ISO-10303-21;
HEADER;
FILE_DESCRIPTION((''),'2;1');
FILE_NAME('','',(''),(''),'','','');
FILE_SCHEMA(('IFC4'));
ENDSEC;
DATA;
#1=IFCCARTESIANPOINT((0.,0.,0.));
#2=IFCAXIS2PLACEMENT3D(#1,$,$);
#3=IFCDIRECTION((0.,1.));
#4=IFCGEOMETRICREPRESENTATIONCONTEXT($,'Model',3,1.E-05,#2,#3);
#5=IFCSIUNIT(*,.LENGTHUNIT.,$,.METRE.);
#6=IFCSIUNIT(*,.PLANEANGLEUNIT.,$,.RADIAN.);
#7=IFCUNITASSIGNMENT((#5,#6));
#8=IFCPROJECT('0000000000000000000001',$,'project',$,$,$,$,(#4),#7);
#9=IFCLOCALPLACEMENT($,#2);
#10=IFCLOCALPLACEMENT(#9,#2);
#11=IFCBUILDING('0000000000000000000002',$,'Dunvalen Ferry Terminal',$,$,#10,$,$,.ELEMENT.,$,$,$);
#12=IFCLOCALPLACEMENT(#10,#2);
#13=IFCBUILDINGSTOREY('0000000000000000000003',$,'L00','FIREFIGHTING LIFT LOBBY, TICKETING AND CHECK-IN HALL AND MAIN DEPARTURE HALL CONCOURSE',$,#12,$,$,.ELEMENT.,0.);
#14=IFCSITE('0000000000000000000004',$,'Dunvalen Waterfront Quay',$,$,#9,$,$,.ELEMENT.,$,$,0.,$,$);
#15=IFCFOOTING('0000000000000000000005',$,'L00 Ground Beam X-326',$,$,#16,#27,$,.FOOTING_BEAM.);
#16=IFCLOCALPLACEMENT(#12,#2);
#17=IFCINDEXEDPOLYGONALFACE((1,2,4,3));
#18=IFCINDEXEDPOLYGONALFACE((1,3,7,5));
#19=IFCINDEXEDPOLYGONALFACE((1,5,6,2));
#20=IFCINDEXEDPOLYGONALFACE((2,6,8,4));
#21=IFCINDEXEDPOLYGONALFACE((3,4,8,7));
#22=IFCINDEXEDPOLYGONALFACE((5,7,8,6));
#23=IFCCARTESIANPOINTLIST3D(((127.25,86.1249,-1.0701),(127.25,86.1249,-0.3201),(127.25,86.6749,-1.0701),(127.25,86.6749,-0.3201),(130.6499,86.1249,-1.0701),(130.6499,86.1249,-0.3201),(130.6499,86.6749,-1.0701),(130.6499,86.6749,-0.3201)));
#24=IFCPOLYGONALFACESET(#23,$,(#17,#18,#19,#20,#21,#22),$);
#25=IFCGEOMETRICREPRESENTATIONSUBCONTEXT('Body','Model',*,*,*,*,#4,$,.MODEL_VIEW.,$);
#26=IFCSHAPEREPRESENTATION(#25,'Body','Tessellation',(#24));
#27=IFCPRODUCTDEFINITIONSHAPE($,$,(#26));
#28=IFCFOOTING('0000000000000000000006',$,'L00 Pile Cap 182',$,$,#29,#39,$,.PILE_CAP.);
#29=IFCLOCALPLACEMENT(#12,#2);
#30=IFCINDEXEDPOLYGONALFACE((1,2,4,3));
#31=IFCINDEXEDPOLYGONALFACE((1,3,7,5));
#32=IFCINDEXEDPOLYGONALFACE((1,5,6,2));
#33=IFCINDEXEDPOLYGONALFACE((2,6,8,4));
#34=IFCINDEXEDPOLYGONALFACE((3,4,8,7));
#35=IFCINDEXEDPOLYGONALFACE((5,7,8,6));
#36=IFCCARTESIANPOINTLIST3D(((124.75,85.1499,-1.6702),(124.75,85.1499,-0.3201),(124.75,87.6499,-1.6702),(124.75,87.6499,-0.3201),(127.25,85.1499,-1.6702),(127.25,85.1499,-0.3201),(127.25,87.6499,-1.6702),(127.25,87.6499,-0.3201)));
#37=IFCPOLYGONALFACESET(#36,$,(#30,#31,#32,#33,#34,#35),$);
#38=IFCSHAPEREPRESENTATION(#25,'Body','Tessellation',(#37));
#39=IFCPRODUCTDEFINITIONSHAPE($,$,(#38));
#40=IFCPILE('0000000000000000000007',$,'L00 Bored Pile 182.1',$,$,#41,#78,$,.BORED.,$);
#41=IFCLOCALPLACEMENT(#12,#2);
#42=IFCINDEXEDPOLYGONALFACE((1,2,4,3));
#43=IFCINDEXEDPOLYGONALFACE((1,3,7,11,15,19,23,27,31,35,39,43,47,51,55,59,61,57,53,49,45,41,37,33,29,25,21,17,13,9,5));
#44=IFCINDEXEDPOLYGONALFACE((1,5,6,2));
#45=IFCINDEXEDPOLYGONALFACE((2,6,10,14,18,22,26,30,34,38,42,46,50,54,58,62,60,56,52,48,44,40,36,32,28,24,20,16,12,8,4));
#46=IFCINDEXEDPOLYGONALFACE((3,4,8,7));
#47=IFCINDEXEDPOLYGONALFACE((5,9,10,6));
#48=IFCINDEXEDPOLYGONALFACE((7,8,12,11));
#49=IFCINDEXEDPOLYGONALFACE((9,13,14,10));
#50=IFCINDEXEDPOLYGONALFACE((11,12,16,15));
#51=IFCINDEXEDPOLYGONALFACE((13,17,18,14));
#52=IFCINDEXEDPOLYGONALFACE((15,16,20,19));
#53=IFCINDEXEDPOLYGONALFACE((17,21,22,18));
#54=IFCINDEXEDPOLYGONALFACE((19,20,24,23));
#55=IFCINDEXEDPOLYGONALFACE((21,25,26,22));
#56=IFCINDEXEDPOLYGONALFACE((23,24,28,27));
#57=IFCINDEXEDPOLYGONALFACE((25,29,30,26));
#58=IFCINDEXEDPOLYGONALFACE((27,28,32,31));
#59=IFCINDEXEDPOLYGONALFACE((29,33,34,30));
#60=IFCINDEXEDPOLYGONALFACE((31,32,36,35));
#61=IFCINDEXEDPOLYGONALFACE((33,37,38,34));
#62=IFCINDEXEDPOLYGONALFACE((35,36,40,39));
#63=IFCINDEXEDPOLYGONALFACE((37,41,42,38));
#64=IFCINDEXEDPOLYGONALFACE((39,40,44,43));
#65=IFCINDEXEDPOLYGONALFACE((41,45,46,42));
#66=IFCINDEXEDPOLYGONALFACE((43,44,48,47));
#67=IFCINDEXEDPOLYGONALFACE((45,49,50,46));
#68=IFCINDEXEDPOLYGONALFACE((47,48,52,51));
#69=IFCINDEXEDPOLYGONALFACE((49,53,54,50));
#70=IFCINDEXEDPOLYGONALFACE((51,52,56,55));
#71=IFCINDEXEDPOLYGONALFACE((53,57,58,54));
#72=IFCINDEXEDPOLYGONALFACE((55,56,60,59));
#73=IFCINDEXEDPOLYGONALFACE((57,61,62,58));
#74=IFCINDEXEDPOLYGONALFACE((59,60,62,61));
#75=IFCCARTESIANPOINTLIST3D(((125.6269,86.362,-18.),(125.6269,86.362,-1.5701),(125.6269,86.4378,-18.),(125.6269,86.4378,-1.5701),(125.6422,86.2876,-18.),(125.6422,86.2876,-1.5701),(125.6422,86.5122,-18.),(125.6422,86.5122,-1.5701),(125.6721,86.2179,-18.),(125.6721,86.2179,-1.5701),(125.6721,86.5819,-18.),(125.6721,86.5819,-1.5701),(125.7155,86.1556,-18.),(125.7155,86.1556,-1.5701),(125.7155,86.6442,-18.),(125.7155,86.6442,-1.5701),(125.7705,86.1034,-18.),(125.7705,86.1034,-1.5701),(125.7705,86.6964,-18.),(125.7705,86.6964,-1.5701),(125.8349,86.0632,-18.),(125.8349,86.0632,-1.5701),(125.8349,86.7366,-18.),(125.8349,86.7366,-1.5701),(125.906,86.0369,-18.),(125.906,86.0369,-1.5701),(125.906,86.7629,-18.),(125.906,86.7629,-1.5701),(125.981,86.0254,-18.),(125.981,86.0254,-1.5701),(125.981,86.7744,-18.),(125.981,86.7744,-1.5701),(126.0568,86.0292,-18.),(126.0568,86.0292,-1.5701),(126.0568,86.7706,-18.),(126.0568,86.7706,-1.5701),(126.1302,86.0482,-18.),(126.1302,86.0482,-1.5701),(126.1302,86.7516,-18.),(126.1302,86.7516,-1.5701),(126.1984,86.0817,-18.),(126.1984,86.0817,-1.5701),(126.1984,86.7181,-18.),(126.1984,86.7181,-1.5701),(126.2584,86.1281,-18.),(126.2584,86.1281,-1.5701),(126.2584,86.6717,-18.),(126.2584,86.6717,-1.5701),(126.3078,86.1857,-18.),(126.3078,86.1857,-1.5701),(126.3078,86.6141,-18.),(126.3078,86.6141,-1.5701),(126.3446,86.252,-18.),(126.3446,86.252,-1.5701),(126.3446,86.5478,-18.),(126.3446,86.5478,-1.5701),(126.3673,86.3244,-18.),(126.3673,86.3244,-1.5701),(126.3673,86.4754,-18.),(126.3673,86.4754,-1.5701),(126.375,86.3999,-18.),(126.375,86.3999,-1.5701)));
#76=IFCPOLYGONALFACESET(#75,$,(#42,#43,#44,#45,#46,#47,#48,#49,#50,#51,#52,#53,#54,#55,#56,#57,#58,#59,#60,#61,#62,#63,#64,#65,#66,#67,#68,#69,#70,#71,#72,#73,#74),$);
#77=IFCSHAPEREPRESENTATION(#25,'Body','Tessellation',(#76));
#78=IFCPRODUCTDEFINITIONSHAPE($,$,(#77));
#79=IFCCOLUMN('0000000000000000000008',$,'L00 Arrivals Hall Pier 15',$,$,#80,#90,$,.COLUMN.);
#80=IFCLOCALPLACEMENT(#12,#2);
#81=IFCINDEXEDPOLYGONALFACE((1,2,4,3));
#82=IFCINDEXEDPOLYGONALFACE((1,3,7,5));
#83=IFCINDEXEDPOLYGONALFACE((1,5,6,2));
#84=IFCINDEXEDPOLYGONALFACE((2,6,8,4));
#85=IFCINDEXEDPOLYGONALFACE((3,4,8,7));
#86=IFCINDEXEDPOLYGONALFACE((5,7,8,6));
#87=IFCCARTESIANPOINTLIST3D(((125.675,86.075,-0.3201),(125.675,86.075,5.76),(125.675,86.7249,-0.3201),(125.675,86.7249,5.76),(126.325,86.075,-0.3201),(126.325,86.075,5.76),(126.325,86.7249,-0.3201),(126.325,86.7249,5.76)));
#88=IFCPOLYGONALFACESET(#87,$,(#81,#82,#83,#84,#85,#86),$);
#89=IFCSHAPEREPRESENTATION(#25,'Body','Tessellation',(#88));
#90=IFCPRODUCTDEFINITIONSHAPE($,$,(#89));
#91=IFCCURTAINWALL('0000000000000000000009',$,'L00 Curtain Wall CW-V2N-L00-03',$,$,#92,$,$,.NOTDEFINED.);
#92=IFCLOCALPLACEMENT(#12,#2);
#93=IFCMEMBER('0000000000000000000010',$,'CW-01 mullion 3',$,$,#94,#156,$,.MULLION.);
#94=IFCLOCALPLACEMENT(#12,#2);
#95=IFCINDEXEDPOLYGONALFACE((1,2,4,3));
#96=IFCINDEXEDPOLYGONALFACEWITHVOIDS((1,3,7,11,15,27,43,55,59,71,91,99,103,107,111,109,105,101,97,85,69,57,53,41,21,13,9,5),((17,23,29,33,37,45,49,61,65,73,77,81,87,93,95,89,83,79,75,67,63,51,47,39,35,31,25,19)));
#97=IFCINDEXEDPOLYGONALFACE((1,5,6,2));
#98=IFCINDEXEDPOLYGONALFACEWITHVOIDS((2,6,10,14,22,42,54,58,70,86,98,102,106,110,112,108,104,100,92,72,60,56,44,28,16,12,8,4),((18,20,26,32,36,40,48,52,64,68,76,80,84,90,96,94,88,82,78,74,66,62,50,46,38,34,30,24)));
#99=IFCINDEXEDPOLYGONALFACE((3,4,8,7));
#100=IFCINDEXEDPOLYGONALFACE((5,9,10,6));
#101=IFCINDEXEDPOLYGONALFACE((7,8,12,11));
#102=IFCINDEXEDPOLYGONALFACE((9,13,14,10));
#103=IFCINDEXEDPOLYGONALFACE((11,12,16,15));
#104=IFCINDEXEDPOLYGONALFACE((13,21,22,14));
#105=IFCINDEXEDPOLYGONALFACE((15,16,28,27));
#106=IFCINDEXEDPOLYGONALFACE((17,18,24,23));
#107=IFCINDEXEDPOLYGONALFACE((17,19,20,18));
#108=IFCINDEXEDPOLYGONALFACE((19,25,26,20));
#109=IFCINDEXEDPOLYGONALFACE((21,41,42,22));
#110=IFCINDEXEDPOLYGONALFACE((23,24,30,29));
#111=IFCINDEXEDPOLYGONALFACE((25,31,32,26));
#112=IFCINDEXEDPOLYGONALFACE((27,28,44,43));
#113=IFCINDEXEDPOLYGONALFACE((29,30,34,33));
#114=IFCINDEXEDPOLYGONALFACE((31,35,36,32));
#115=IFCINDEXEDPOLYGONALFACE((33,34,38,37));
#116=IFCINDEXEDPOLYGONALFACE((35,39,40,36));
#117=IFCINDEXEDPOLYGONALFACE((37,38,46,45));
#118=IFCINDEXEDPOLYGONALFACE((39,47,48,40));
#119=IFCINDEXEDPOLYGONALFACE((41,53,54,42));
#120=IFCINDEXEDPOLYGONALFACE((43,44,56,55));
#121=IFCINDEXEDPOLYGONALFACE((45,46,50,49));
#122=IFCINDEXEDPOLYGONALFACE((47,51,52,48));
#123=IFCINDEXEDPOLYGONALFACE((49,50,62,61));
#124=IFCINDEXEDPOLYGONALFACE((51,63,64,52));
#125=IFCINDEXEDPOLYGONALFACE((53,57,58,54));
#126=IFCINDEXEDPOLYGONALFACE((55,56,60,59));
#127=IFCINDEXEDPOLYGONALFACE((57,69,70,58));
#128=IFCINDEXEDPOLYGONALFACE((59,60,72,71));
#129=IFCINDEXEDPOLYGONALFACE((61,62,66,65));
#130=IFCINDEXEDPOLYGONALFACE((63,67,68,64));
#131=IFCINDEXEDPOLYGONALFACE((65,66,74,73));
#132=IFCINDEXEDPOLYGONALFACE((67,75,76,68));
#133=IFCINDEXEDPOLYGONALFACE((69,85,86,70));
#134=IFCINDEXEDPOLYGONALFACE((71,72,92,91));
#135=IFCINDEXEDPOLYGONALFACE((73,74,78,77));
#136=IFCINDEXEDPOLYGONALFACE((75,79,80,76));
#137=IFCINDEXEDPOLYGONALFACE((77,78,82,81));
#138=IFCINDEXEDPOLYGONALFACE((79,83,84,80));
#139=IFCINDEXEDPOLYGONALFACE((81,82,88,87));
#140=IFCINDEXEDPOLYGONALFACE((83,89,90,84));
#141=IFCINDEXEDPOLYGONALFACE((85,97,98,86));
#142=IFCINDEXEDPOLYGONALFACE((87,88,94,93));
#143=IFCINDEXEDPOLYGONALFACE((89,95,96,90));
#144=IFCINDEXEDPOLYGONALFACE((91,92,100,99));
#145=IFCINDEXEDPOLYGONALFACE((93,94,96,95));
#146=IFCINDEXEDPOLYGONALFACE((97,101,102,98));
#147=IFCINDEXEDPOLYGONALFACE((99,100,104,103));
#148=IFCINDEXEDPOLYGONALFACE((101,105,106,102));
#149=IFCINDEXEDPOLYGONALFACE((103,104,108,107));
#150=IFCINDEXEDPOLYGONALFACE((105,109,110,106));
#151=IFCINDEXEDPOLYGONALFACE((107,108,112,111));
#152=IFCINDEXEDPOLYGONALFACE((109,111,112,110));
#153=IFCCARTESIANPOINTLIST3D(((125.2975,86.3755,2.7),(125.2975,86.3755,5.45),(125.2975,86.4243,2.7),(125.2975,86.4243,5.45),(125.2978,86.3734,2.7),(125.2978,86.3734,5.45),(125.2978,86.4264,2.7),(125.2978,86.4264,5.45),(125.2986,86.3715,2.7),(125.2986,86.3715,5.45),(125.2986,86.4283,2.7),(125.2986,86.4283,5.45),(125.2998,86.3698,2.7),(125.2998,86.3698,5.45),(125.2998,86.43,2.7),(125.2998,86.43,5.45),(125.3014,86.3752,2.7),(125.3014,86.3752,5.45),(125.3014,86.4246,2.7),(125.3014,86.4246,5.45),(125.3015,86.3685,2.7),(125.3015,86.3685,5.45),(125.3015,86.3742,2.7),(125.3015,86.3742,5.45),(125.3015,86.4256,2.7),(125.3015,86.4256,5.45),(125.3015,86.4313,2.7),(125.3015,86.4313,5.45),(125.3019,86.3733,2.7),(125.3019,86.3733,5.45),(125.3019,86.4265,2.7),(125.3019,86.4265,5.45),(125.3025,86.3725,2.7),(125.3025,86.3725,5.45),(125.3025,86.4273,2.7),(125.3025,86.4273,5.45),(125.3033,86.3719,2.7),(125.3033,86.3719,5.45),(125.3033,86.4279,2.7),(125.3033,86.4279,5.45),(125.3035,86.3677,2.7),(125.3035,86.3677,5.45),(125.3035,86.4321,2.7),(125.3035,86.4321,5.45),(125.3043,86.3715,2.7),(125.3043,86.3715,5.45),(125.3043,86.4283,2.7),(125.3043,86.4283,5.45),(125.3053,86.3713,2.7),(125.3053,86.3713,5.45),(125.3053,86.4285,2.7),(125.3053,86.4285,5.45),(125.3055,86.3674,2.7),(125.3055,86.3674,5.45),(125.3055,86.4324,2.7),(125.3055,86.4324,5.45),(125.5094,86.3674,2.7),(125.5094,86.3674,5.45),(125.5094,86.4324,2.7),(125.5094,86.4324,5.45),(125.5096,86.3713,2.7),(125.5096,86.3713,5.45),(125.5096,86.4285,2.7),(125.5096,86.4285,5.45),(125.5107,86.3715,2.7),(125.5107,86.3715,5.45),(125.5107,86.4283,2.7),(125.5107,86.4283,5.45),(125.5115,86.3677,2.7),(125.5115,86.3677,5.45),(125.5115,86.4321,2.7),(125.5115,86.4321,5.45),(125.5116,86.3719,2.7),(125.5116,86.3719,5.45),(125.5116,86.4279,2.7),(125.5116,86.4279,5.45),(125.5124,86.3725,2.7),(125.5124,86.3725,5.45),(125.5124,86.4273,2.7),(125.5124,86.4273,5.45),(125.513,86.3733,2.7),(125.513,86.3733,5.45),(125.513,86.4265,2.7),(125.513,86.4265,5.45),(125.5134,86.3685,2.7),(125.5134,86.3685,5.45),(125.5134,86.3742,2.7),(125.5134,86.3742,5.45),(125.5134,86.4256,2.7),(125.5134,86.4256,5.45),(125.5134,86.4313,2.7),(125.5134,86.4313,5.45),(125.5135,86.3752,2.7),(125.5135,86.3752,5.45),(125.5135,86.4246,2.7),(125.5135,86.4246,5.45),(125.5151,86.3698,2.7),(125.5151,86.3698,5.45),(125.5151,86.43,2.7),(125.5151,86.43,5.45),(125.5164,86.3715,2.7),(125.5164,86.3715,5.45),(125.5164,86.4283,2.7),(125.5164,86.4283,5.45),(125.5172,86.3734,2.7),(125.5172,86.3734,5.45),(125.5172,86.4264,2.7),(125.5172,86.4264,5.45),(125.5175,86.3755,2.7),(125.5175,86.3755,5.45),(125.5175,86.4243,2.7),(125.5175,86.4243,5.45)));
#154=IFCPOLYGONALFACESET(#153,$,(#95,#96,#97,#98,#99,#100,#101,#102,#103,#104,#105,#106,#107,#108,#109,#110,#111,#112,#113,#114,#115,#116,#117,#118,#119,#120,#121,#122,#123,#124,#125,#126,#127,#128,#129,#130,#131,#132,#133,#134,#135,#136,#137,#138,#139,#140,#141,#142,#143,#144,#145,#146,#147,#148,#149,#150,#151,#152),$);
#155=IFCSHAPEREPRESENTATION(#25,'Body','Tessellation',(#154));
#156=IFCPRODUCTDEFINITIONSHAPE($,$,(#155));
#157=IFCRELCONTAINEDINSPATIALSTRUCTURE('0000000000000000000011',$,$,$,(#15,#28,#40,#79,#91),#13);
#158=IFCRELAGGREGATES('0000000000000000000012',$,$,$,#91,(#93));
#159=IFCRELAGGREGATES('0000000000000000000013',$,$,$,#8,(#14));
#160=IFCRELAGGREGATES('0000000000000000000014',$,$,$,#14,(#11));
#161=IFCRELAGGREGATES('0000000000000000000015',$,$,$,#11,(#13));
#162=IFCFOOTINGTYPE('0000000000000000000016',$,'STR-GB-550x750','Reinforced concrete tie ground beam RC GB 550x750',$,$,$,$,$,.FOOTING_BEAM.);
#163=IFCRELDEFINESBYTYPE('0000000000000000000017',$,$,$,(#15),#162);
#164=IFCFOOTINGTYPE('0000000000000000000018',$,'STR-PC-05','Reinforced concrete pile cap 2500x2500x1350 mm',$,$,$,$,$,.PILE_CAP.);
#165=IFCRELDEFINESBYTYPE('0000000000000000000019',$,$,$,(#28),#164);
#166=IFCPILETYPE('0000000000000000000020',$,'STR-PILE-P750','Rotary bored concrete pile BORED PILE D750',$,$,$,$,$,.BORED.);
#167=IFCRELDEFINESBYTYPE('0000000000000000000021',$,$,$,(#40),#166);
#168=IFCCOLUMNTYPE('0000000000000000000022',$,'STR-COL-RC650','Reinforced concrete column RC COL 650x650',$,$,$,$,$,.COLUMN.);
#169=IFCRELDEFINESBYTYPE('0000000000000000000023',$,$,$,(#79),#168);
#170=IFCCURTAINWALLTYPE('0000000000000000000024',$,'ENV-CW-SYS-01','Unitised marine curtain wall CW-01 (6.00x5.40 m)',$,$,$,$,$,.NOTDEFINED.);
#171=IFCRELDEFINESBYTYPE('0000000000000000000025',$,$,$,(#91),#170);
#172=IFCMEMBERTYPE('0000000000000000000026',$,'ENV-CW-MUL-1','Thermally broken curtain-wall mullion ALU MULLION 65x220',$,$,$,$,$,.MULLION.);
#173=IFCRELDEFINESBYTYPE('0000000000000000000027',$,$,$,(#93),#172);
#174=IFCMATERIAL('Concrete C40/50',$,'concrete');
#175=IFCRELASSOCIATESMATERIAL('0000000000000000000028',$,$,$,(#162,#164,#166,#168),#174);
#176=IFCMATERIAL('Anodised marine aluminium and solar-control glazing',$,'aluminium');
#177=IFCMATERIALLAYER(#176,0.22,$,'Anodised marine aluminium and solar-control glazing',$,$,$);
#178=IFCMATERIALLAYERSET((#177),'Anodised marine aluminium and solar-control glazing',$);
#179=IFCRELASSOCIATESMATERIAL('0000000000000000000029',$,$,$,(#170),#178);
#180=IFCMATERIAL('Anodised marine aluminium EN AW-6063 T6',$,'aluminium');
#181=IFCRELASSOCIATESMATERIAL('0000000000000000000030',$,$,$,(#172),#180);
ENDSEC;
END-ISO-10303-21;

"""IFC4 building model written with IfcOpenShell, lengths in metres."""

from ifc_helpers import new_model, si_unit, direction, frame, origin, origin_2d, place, context, subcontext, project, spatial, rectangle, hollow_rectangle, circle, extrude, material, layer, layer_set, material_profile, profile_set, type_object, element, aggregate, save


model = new_model("IFC4")

# Units and contexts
model_context = context("Model", 3, precision=1e-05, world=origin(), true_north=direction((0.0, 1.0)))
body_context = subcontext(model_context, "Body", "Model", "MODEL_VIEW")
ifc_project = project(units=[si_unit("LENGTHUNIT", "METRE"), si_unit("PLANEANGLEUNIT", "RADIAN")], contexts=[model_context])

# Site, building, storey
site_placement = place(None, origin())
site = spatial("IfcSite", under=ifc_project, at=site_placement, Name="Dunvalen Waterfront Quay", CompositionType="ELEMENT", RefElevation=0.0)
building_placement = place(site_placement, origin())
building = spatial("IfcBuilding", under=site, at=building_placement, Name="Dunvalen Ferry Terminal", CompositionType="ELEMENT")
storey_placement = place(building_placement, origin())
storey = spatial("IfcBuildingStorey", under=building, at=storey_placement, Name="L00", Description="FIREFIGHTING LIFT LOBBY, TICKETING AND CHECK-IN HALL AND MAIN DEPARTURE HALL CONCOURSE", CompositionType="ELEMENT", Elevation=0.0)

# Footings
ifc_material_1 = material(Name="Concrete C40/50", Category="concrete")
ifc_material_profile_1 = material_profile(ifc_material_1, rectangle(XDim=0.55, YDim=0.75, at=origin_2d()), Name="Concrete C40/50")
ifc_profile_set_1 = profile_set([ifc_material_profile_1], Name="Concrete C40/50")
footing_type_1 = type_object("IfcFootingType", Name="STR-GB-550x750", Description="Reinforced concrete tie ground beam RC GB 550x750", PredefinedType="FOOTING_BEAM", material=ifc_profile_set_1)
footing_1_placement = place(storey_placement, frame((127.25, 86.3999, -0.6951), z_axis=(1.0, 0.0, 0.0), x_axis=(0.0, 1.0, 0.0)))
element("IfcFooting", 1, at=footing_1_placement, inside=storey, type_object=footing_type_1, Name="L00 Ground Beam X-326", PredefinedType="FOOTING_BEAM", context=body_context, shape_type="SweptSolid", body=[
    extrude(rectangle(XDim=0.55, YDim=0.75, at=origin_2d()), origin(), (0.0, 0.0, 1.0), 3.3999),
])
footing_type_2 = type_object("IfcFootingType", Name="STR-PC-05", Description="Reinforced concrete pile cap 2500x2500x1350 mm", PredefinedType="PILE_CAP", material=ifc_material_1)
footing_2_placement = place(storey_placement, frame((126.0, 86.3999, -1.6702), z_axis=(0.0, 0.0, 1.0), x_axis=(1.0, 0.0, 0.0)))
element("IfcFooting", 2, at=footing_2_placement, inside=storey, type_object=footing_type_2, Name="L00 Pile Cap 182", PredefinedType="PILE_CAP", context=body_context, shape_type="SweptSolid", body=[
    extrude(rectangle(XDim=2.5, YDim=2.5, at=origin_2d()), origin(), (0.0, 0.0, 1.0), 1.3501),
])

# Pile
ifc_material_profile_2 = material_profile(ifc_material_1, circle(Radius=0.375, at=origin_2d()), Name="Concrete C40/50")
ifc_profile_set_2 = profile_set([ifc_material_profile_2], Name="Concrete C40/50")
pile_type = type_object("IfcPileType", Name="STR-PILE-P750", Description="Rotary bored concrete pile BORED PILE D750", PredefinedType="BORED", material=ifc_profile_set_2)
pile_placement = place(storey_placement, frame((126.0, 86.3999, -1.5701), z_axis=(0.0, 0.0, -1.0), x_axis=(1.0, 0.0, 0.0)))
element("IfcPile", 3, at=pile_placement, inside=storey, type_object=pile_type, Name="L00 Bored Pile 182.1", PredefinedType="BORED", context=body_context, shape_type="SweptSolid", body=[
    extrude(circle(Radius=0.375, at=origin_2d()), origin(), (0.0, 0.0, 1.0), 16.4299),
])

# Column
ifc_material_profile_3 = material_profile(ifc_material_1, rectangle(XDim=0.6499, YDim=0.6499, at=origin_2d()), Name="Concrete C40/50")
ifc_profile_set_3 = profile_set([ifc_material_profile_3], Name="Concrete C40/50")
column_type = type_object("IfcColumnType", Name="STR-COL-RC650", Description="Reinforced concrete column RC COL 650x650", PredefinedType="COLUMN", material=ifc_profile_set_3)
column_placement = place(storey_placement, frame((126.0, 86.3999, -0.3201), z_axis=(0.0, 0.0, 1.0), x_axis=(1.0, 0.0, 0.0)))
element("IfcColumn", 4, at=column_placement, inside=storey, type_object=column_type, Name="L00 Arrivals Hall Pier 15", PredefinedType="COLUMN", context=body_context, shape_type="SweptSolid", body=[
    extrude(rectangle(XDim=0.6499, YDim=0.6499, at=origin_2d()), origin(), (0.0, 0.0, 1.0), 6.0801),
])

# Curtain wall, member
ifc_material_2 = material(Name="Anodised marine aluminium and solar-control glazing", Category="aluminium")
ifc_layer_1 = layer(ifc_material_2, 0.22, Name="Anodised marine aluminium and solar-control glazing")
ifc_layer_set_1 = layer_set([ifc_layer_1], Name="Anodised marine aluminium and solar-control glazing")
curtain_wall_type = type_object("IfcCurtainWallType", Name="ENV-CW-SYS-01", Description="Unitised marine curtain wall CW-01 (6.00x5.40 m)", PredefinedType="NOTDEFINED", material=ifc_layer_set_1)
curtain_wall_1_placement = place(storey_placement, origin())
curtain_wall_1 = element("IfcCurtainWall", 5, at=curtain_wall_1_placement, inside=storey, type_object=curtain_wall_type, Name="L00 Curtain Wall CW-V2N-L00-03", PredefinedType="NOTDEFINED")
ifc_material_3 = material(Name="Anodised marine aluminium EN AW-6063 T6", Category="aluminium")
ifc_material_profile_4 = material_profile(ifc_material_3, hollow_rectangle(XDim=0.0649, YDim=0.22, WallThickness=0.0039, InnerFilletRadius=0.0039, OuterFilletRadius=0.0081, at=origin_2d()), Name="Anodised marine aluminium EN AW-6063 T6")
ifc_profile_set_4 = profile_set([ifc_material_profile_4], Name="Anodised marine aluminium EN AW-6063 T6")
member_type_1 = type_object("IfcMemberType", Name="ENV-CW-MUL-1", Description="Thermally broken curtain-wall mullion ALU MULLION 65x220", PredefinedType="MULLION", material=ifc_profile_set_4)
member_1_placement = place(storey_placement, frame((125.4075, 86.3999, 2.7), z_axis=(0.0, 0.0, 1.0), x_axis=(0.0, 1.0, 0.0)))
member_1 = element("IfcMember", 6, at=member_1_placement, type_object=member_type_1, Name="CW-01 mullion 3", PredefinedType="MULLION", context=body_context, shape_type="SweptSolid", body=[
    extrude(hollow_rectangle(XDim=0.0649, YDim=0.22, WallThickness=0.0039, InnerFilletRadius=0.0039, OuterFilletRadius=0.0081, at=origin_2d()), origin(), (0.0, 0.0, 1.0), 2.75),
])

aggregate(curtain_wall_1, [member_1])

save(model, "model.ifc")
